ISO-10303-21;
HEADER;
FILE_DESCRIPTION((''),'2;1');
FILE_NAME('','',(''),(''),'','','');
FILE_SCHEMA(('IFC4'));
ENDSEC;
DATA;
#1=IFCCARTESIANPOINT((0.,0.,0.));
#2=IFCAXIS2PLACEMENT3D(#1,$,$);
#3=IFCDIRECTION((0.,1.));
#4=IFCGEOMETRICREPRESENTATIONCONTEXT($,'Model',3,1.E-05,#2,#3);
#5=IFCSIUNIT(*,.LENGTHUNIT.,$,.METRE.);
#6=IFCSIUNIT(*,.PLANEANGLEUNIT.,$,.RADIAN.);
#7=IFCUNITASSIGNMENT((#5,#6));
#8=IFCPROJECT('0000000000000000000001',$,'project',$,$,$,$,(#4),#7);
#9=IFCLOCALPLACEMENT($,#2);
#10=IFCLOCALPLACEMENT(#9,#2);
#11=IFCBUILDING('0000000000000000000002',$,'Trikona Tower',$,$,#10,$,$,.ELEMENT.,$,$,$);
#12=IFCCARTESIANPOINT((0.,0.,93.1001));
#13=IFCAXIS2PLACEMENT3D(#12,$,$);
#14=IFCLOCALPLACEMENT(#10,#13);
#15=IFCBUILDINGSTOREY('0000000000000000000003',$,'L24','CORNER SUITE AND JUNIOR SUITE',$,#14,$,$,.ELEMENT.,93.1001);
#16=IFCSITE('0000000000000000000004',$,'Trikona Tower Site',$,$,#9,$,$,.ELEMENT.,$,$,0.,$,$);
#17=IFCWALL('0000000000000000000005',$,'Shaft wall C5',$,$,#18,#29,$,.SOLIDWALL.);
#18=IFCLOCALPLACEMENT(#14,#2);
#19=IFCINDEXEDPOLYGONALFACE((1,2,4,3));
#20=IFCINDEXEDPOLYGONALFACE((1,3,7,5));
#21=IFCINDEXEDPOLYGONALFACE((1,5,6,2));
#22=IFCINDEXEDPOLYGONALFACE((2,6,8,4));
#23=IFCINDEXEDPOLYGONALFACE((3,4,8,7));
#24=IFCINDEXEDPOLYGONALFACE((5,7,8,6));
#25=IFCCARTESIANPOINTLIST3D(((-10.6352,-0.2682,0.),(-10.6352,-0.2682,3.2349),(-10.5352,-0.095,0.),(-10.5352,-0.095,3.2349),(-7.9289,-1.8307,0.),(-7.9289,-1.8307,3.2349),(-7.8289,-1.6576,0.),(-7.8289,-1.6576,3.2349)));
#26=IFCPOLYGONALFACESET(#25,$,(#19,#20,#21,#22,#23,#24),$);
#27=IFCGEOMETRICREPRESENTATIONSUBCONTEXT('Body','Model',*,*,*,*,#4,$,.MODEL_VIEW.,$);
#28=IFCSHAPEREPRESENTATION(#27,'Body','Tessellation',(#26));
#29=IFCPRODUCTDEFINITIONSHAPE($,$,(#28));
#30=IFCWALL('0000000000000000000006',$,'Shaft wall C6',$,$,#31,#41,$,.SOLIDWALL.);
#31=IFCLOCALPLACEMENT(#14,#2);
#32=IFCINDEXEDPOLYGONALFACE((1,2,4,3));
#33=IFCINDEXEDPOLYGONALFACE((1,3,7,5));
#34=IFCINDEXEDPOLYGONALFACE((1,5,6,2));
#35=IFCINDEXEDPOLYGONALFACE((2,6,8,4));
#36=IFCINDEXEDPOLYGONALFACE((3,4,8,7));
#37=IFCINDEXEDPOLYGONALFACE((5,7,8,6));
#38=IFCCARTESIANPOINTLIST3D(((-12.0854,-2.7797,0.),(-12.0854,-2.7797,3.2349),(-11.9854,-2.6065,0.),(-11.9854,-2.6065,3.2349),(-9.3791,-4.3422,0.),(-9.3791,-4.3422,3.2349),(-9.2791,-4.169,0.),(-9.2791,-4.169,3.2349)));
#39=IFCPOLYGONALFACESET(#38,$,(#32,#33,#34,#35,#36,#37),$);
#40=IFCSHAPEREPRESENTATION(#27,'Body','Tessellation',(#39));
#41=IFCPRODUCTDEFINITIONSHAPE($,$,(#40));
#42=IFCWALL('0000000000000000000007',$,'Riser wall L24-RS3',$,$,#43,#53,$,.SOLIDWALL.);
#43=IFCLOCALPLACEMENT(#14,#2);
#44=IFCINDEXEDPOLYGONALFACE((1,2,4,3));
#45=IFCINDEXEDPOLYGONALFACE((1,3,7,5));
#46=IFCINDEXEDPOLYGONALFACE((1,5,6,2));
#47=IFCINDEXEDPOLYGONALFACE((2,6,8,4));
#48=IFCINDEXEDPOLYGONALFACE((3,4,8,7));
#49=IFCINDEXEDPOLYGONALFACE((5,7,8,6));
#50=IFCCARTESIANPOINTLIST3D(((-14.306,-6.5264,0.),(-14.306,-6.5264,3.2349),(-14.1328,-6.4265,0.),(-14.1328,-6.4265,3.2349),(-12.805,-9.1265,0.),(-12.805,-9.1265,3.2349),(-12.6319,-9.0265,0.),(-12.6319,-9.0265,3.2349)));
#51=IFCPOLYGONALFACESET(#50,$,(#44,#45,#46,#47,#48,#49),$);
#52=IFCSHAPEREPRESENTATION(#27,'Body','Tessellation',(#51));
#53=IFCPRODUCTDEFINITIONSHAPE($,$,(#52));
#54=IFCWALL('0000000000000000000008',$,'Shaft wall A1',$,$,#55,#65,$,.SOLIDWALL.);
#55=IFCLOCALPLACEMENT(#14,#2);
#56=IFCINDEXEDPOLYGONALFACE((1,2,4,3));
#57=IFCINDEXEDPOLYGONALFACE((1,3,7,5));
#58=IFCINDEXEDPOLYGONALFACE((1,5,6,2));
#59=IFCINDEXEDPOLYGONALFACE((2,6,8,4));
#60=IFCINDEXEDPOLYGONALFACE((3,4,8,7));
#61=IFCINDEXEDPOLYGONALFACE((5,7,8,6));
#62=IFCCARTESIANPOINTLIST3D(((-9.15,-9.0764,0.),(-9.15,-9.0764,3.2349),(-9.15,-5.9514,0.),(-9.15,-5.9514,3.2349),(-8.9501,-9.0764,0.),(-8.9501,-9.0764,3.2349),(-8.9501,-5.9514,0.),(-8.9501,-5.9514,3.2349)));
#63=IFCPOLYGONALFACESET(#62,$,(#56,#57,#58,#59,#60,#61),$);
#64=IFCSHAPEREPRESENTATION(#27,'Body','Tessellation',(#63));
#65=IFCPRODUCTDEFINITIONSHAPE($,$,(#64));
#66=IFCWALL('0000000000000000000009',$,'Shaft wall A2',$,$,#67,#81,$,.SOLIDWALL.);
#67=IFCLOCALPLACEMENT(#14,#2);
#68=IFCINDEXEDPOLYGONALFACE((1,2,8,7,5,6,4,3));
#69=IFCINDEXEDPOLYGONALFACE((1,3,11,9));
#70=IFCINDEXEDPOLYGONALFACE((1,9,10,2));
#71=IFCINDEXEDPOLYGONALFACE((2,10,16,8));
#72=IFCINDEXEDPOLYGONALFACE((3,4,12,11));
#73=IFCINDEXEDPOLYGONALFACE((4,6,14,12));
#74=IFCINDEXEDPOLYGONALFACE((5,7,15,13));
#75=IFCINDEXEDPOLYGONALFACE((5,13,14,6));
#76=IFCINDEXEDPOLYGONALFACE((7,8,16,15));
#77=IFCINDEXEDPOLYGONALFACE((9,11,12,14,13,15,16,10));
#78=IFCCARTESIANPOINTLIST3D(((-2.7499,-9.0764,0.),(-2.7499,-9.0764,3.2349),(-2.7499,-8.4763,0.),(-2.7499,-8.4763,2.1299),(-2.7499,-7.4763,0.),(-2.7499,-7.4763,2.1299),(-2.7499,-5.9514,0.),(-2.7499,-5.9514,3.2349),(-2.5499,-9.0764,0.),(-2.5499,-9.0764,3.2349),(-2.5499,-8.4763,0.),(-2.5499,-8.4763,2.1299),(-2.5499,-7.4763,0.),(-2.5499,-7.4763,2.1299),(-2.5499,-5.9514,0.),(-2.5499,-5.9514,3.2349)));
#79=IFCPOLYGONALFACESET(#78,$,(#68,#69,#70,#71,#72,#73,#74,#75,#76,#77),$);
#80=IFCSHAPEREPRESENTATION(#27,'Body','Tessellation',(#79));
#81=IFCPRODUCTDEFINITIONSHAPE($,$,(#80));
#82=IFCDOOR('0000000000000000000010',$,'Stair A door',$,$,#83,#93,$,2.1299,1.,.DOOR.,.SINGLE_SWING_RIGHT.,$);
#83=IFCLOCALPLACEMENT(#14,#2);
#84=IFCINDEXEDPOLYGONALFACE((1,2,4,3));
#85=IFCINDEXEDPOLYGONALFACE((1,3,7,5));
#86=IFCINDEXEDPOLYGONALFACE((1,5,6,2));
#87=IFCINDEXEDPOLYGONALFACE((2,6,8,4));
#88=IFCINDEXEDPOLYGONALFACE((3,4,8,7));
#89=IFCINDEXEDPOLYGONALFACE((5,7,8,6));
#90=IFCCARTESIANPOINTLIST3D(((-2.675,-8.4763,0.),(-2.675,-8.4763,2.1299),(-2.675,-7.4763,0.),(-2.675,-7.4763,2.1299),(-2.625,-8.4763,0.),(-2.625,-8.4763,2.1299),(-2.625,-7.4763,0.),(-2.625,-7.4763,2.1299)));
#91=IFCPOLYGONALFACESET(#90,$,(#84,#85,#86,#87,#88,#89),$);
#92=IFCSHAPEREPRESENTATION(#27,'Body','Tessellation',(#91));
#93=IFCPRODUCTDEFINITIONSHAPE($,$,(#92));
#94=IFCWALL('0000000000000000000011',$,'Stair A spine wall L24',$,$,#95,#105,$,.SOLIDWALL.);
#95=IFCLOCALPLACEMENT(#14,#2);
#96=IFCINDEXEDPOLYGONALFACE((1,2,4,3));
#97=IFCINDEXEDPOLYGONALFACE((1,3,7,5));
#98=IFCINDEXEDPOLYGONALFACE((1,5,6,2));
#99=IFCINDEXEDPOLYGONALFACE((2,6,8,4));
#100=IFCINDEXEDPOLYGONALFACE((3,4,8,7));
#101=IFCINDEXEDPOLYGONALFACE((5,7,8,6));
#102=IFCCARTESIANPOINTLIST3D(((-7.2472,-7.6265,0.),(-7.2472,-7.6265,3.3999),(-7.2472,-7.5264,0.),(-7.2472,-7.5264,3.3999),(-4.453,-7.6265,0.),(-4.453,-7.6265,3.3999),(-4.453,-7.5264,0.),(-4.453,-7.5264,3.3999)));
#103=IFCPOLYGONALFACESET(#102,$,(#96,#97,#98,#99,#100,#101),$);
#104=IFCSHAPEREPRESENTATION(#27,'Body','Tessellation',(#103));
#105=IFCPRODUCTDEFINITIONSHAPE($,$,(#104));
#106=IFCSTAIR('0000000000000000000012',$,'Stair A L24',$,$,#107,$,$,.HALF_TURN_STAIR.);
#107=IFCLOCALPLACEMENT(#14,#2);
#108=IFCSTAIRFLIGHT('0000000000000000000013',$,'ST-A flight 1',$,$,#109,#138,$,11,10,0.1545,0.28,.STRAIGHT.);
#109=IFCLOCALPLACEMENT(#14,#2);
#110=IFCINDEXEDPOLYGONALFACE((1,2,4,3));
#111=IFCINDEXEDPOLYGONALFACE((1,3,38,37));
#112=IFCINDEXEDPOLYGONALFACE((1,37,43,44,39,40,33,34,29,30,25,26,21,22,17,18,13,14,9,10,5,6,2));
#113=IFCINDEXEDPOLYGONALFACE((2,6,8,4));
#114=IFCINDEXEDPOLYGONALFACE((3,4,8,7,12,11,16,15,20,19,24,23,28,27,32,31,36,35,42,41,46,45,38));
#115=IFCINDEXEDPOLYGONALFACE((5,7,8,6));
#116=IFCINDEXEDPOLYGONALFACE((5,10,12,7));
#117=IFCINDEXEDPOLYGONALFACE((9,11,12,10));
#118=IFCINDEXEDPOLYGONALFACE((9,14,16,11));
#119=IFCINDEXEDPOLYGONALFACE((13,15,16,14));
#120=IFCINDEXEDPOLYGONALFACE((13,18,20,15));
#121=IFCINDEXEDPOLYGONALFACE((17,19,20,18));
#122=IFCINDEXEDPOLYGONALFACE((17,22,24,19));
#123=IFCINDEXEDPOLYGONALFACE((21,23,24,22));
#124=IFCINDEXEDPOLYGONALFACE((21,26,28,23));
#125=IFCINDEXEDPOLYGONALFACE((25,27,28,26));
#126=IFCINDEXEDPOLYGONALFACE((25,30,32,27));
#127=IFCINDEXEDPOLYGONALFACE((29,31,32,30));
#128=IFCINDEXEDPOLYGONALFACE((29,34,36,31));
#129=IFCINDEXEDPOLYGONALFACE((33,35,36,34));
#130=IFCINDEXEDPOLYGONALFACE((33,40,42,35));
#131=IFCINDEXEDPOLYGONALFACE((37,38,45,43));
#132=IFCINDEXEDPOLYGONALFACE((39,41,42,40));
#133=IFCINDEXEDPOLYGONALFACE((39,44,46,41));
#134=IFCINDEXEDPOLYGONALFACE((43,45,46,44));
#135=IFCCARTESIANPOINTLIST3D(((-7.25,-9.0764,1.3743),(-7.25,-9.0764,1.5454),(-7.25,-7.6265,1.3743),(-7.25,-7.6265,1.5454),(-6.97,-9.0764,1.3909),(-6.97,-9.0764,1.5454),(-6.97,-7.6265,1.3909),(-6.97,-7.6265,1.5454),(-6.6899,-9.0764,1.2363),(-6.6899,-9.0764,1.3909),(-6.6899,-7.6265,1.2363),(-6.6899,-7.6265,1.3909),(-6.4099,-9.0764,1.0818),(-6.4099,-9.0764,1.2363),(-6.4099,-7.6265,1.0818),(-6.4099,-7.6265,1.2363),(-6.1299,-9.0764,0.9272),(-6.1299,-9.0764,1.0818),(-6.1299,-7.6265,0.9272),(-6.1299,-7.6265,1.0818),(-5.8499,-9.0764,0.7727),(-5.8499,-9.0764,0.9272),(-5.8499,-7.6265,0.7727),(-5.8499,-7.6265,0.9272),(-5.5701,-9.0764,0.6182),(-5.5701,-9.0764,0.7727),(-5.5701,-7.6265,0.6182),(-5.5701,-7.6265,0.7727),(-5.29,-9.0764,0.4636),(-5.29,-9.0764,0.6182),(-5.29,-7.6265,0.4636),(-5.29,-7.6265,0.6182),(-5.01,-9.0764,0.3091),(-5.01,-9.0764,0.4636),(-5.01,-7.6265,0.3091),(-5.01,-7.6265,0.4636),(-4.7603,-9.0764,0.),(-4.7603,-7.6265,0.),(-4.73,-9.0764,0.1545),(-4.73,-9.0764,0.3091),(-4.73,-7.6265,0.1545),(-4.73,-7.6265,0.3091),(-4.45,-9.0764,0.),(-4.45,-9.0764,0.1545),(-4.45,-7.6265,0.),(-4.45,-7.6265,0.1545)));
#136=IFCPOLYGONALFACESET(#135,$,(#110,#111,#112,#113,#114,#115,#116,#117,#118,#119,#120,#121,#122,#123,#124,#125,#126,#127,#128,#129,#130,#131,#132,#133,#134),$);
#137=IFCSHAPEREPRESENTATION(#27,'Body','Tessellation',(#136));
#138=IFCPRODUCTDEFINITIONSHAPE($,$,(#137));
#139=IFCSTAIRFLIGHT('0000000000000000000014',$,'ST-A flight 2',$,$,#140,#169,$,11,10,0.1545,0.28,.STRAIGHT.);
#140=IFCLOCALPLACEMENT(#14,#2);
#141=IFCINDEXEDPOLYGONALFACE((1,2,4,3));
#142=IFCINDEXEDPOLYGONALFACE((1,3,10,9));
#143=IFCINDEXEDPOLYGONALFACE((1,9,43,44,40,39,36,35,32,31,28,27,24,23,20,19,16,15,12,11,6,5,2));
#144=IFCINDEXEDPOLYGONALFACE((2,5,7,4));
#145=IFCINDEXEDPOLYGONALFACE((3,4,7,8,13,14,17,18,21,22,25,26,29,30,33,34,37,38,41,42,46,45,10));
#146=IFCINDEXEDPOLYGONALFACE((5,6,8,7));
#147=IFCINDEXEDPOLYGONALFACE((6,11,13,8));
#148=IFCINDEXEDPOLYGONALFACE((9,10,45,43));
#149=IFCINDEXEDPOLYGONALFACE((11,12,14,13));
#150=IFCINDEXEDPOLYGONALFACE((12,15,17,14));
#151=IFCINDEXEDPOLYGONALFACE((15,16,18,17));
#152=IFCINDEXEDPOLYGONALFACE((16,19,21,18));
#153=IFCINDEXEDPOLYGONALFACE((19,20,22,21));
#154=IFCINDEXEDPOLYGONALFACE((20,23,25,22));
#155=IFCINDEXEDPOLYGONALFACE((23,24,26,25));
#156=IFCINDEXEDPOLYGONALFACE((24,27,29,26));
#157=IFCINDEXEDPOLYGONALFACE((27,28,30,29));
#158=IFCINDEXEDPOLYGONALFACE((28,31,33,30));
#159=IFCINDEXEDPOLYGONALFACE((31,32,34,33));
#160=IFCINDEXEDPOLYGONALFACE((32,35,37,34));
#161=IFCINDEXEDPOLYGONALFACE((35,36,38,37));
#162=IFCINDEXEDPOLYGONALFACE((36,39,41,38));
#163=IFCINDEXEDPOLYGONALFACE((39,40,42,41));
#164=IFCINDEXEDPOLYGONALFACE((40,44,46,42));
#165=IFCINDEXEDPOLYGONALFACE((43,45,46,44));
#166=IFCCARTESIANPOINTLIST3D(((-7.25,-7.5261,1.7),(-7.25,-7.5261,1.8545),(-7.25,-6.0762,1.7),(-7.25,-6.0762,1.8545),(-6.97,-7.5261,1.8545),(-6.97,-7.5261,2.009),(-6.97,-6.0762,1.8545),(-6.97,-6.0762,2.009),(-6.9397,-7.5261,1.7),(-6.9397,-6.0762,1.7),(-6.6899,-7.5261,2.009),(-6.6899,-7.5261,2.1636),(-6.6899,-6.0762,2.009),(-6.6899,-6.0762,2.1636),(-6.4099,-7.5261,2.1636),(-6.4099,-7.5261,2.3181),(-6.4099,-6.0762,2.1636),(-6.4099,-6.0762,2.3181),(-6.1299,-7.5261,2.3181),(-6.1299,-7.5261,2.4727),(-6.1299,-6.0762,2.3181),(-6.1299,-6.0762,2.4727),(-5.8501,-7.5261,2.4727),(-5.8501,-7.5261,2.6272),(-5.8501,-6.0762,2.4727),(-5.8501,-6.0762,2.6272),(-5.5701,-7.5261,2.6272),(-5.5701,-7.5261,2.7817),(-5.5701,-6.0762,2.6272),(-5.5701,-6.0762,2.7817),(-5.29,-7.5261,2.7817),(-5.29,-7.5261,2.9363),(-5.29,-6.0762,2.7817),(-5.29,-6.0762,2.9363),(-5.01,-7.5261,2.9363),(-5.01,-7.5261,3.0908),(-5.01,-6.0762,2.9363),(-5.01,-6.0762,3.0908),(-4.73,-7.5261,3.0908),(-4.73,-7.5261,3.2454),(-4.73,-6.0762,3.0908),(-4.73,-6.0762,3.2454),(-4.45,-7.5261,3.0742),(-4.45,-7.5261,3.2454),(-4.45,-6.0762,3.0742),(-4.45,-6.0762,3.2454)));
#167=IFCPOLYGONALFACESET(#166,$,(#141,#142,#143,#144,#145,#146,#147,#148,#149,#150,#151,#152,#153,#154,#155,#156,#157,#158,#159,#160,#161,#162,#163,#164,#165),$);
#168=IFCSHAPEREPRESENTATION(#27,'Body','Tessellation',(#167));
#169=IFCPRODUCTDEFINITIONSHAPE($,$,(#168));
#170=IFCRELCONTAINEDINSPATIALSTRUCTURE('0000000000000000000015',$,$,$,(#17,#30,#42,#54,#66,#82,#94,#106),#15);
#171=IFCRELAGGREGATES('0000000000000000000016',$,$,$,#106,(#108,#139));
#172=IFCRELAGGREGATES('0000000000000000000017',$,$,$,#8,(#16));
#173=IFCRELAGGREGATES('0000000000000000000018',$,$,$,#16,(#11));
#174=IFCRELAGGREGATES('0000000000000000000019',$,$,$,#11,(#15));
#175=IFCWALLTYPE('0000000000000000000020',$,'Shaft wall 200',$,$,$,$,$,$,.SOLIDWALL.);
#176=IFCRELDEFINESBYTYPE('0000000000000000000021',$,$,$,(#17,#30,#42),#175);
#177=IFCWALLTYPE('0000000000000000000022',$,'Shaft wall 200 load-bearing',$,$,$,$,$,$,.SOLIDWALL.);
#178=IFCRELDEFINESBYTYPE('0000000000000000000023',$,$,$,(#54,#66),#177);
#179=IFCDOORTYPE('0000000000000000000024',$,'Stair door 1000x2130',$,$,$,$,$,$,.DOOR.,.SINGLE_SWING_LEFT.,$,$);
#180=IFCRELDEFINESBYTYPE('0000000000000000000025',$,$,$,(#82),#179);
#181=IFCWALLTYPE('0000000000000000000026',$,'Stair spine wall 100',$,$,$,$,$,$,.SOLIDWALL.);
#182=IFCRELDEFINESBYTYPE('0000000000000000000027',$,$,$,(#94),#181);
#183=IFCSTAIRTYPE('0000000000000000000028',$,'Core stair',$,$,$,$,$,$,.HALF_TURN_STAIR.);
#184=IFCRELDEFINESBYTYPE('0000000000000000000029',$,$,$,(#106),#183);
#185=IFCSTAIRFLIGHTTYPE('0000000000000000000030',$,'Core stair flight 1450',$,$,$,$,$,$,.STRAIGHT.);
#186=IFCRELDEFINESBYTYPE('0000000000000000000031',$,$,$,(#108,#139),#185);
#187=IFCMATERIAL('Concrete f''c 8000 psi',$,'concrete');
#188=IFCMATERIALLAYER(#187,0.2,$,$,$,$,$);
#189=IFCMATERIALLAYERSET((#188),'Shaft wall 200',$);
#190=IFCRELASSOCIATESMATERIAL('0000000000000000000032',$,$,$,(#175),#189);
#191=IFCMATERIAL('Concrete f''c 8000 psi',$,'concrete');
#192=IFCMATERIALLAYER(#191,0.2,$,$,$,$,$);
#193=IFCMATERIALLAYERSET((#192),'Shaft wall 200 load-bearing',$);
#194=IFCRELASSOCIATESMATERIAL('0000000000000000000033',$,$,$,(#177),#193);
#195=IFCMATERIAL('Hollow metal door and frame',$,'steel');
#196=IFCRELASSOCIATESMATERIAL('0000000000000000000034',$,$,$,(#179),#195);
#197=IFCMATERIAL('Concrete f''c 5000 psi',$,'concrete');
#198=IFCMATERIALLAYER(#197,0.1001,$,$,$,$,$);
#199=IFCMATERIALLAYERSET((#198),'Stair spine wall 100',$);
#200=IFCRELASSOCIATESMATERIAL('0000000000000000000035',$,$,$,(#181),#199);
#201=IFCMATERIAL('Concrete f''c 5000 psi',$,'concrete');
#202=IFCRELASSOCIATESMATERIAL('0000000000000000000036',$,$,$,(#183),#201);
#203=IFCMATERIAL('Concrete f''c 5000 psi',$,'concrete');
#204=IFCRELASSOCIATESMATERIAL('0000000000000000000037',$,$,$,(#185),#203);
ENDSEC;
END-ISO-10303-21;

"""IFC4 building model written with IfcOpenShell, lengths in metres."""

from ifc_helpers import new_model, si_unit, direction, frame, frame_2d, origin, place, context, subcontext, project, spatial, polyline, rectangle, outline, extrude, material, layer, layer_set, type_object, element, fill, aggregate, save


model = new_model("IFC4")

# Units and contexts
model_context = context("Model", 3, precision=1e-05, world=origin(), true_north=direction((0.0, 1.0)))
body_context = subcontext(model_context, "Body", "Model", "MODEL_VIEW")
ifc_project = project(units=[si_unit("LENGTHUNIT", "METRE"), si_unit("PLANEANGLEUNIT", "RADIAN")], contexts=[model_context])

# Site, building, storey
site_placement = place(None, origin())
site = spatial("IfcSite", under=ifc_project, at=site_placement, Name="Trikona Tower Site", CompositionType="ELEMENT", RefElevation=0.0)
building_placement = place(site_placement, origin())
building = spatial("IfcBuilding", under=site, at=building_placement, Name="Trikona Tower", CompositionType="ELEMENT")
storey_placement = place(building_placement, frame((0.0, 0.0, 93.1001)))
storey = spatial("IfcBuildingStorey", under=building, at=storey_placement, Name="L24", Description="CORNER SUITE AND JUNIOR SUITE", CompositionType="ELEMENT", Elevation=93.1001)

# Walls
ifc_material_1 = material(Name="Concrete f'c 8000 psi", Category="concrete")
ifc_layer_1 = layer(ifc_material_1, 0.2)
ifc_layer_set_1 = layer_set([ifc_layer_1], Name="Shaft wall 200")
wall_type_1 = type_object("IfcWallType", Name="Shaft wall 200", PredefinedType="SOLIDWALL", material=ifc_layer_set_1)
for number, where, z_axis, x_axis, name in (
    (1, (-7.8789, -1.7441, 0.0), (0.0, 0.0, 1.0), (-0.866023, 0.500004, 0.0), "Shaft wall C5"),
    (2, (-9.3291, -4.2556, 0.0), (0.0, 0.0, 1.0), (-0.866023, 0.500004, 0.0), "Shaft wall C6"),
):
    element("IfcWall", number, at=place(storey_placement, frame(where, z_axis=z_axis, x_axis=x_axis)), inside=storey, type_object=wall_type_1, Name=name, PredefinedType="SOLIDWALL", context=body_context, shape_type="SweptSolid", body=[
        extrude(rectangle(XDim=3.125, YDim=0.2, at=frame_2d((1.5625, 0.0))), origin(), (0.0, 0.0, 1.0), 3.2349),
    ])
wall_1_placement = place(storey_placement, frame((-12.7185, -9.0764, 0.0), z_axis=(0.0, 0.0, 1.0), x_axis=(-0.499952, 0.866053, 0.0)))
element("IfcWall", 3, at=wall_1_placement, inside=storey, type_object=wall_type_1, Name="Riser wall L24-RS3", PredefinedType="SOLIDWALL", context=body_context, shape_type="SweptSolid", body=[
    extrude(rectangle(XDim=3.0022, YDim=0.2, at=frame_2d((1.501, 0.0))), origin(), (0.0, 0.0, 1.0), 3.2349),
])
ifc_material_2 = material(Name="Concrete f'c 8000 psi", Category="concrete")
ifc_layer_2 = layer(ifc_material_2, 0.2)
ifc_layer_set_2 = layer_set([ifc_layer_2], Name="Shaft wall 200 load-bearing")
wall_type_2 = type_object("IfcWallType", Name="Shaft wall 200 load-bearing", PredefinedType="SOLIDWALL", material=ifc_layer_set_2)
wall_2_placement = place(storey_placement, frame((-9.05, -5.9514, 0.0), z_axis=(0.0, 0.0, 1.0), x_axis=(0.0, -1.0, 0.0)))
element("IfcWall", 4, at=wall_2_placement, inside=storey, type_object=wall_type_2, Name="Shaft wall A1", PredefinedType="SOLIDWALL", context=body_context, shape_type="SweptSolid", body=[
    extrude(rectangle(XDim=3.125, YDim=0.2, at=frame_2d((1.5625, 0.0))), origin(), (0.0, 0.0, 1.0), 3.2349),
])

# Wall, opening, door
wall_3_placement = place(storey_placement, frame((-2.6499, -5.9514, 0.0), z_axis=(0.0, 0.0, 1.0), x_axis=(0.0, -1.0, 0.0)))
wall_3 = element("IfcWall", 5, at=wall_3_placement, inside=storey, type_object=wall_type_2, Name="Shaft wall A2", PredefinedType="SOLIDWALL", context=body_context, shape_type="SweptSolid", body=[
    extrude(rectangle(XDim=3.125, YDim=0.2, at=frame_2d((1.5625, 0.0))), origin(), (0.0, 0.0, 1.0), 3.2349),
])
opening_1_placement = place(wall_3_placement, frame((1.5249, 0.0, 0.0)))
opening_1 = element("IfcOpeningElement", 6, at=opening_1_placement, cuts=wall_3, PredefinedType="OPENING", context=body_context, shape_type="SweptSolid", body=[
    extrude(rectangle(XDim=1.0, YDim=2.1299, at=frame_2d((0.5, 1.0649))), frame((0.0, 0.1099, 0.0), z_axis=(0.0, -1.0, 0.0), x_axis=(1.0, 0.0, 0.0)), (0.0, 0.0, 1.0), 0.22),
])
ifc_material_3 = material(Name="Hollow metal door and frame", Category="steel")
door_type_1 = type_object("IfcDoorType", Name="Stair door 1000x2130", OperationType="SINGLE_SWING_LEFT", PredefinedType="DOOR", material=ifc_material_3)
door_1_placement = place(opening_1_placement, origin())
door_1 = element("IfcDoor", 7, at=door_1_placement, inside=storey, type_object=door_type_1, Name="Stair A door", OperationType="SINGLE_SWING_RIGHT", OverallHeight=2.1299, OverallWidth=1.0, PredefinedType="DOOR", context=body_context, shape_type="SweptSolid", body=[
    extrude(rectangle(XDim=1.0, YDim=2.1299, at=frame_2d((0.5, 1.0649))), frame((0.0, 0.0249, 0.0), z_axis=(0.0, -1.0, 0.0), x_axis=(1.0, 0.0, 0.0)), (0.0, 0.0, 1.0), 0.05),
])
fill(opening_1, door_1)

# Wall
ifc_material_4 = material(Name="Concrete f'c 5000 psi", Category="concrete")
ifc_layer_3 = layer(ifc_material_4, 0.1001)
ifc_layer_set_3 = layer_set([ifc_layer_3], Name="Stair spine wall 100")
wall_type_3 = type_object("IfcWallType", Name="Stair spine wall 100", PredefinedType="SOLIDWALL", material=ifc_layer_set_3)
wall_4_placement = place(storey_placement, frame((-7.2471, -7.5764, 0.0), z_axis=(0.0, 0.0, 1.0), x_axis=(1.0, 0.0, 0.0)))
element("IfcWall", 8, at=wall_4_placement, inside=storey, type_object=wall_type_3, Name="Stair A spine wall L24", PredefinedType="SOLIDWALL", context=body_context, shape_type="SweptSolid", body=[
    extrude(rectangle(XDim=2.7942, YDim=0.1001, at=frame_2d((1.397, 0.0))), origin(), (0.0, 0.0, 1.0), 3.3999),
])

# Stair, stair flights
ifc_material_5 = material(Name="Concrete f'c 5000 psi", Category="concrete")
stair_type = type_object("IfcStairType", Name="Core stair", PredefinedType="HALF_TURN_STAIR", material=ifc_material_5)
stair_placement = place(storey_placement, origin())
stair = element("IfcStair", 9, at=stair_placement, inside=storey, type_object=stair_type, Name="Stair A L24", PredefinedType="HALF_TURN_STAIR")
ifc_material_6 = material(Name="Concrete f'c 5000 psi", Category="concrete")
stair_flight_type = type_object("IfcStairFlightType", Name="Core stair flight 1450", PredefinedType="STRAIGHT", material=ifc_material_6)
stair_flight_1_placement = place(storey_placement, frame((-4.45, -8.3513, 0.0), z_axis=(0.0, 0.0, 1.0), x_axis=(-1.0, 0.0, 0.0)))
stair_flight_1 = element("IfcStairFlight", 10, at=stair_flight_1_placement, type_object=stair_flight_type, Name="ST-A flight 1", NumberOfRisers=11, NumberOfTreads=10, PredefinedType="STRAIGHT", RiserHeight=0.1545, TreadLength=0.28, context=body_context, shape_type="SweptSolid", body=[
    extrude(outline(polyline([(0.0, 0.0), (0.0, 0.1545), (0.28, 0.1545), (0.28, 0.3091), (0.5601, 0.3091), (0.5601, 0.4636), (0.8401, 0.4636), (0.8401, 0.6182), (1.1201, 0.6182), (1.1201, 0.7727), (1.3999, 0.7727), (1.3999, 0.9272), (1.6799, 0.9272), (1.6799, 1.0818), (1.96, 1.0818), (1.96, 1.2363), (2.24, 1.2363), (2.24, 1.3909), (2.52, 1.3909), (2.52, 1.5454), (2.8, 1.5454), (2.8, 1.7), (2.8, 1.3743), (0.3103, 0.0), (0.0, 0.0)])), frame((0.0, 0.7251, 0.0), z_axis=(0.0, -1.0, 0.0), x_axis=(1.0, 0.0, 0.0)), (0.0, 0.0, 1.0), 1.45),
])
stair_flight_2_placement = place(storey_placement, frame((-7.25, -6.8013, 1.7), z_axis=(0.0, 0.0, 1.0), x_axis=(1.0, 0.0, 0.0)))
stair_flight_2 = element("IfcStairFlight", 11, at=stair_flight_2_placement, type_object=stair_flight_type, Name="ST-A flight 2", NumberOfRisers=11, NumberOfTreads=10, PredefinedType="STRAIGHT", RiserHeight=0.1545, TreadLength=0.28, context=body_context, shape_type="SweptSolid", body=[
    extrude(outline(polyline([(0.0, 0.0), (0.0, 0.1545), (0.28, 0.1545), (0.28, 0.3091), (0.5601, 0.3091), (0.5601, 0.4636), (0.8401, 0.4636), (0.8401, 0.6182), (1.1201, 0.6182), (1.1201, 0.7727), (1.3999, 0.7727), (1.3999, 0.9272), (1.6799, 0.9272), (1.6799, 1.0818), (1.96, 1.0818), (1.96, 1.2363), (2.24, 1.2363), (2.24, 1.3909), (2.52, 1.3909), (2.52, 1.5454), (2.8, 1.5454), (2.8, 1.7), (2.8, 1.3743), (0.3103, 0.0), (0.0, 0.0)])), frame((0.0, 0.7251, 0.0), z_axis=(0.0, -1.0, 0.0), x_axis=(1.0, 0.0, 0.0)), (0.0, 0.0, 1.0), 1.45),
])
aggregate(stair, [stair_flight_1, stair_flight_2])

save(model, "model.ifc")
